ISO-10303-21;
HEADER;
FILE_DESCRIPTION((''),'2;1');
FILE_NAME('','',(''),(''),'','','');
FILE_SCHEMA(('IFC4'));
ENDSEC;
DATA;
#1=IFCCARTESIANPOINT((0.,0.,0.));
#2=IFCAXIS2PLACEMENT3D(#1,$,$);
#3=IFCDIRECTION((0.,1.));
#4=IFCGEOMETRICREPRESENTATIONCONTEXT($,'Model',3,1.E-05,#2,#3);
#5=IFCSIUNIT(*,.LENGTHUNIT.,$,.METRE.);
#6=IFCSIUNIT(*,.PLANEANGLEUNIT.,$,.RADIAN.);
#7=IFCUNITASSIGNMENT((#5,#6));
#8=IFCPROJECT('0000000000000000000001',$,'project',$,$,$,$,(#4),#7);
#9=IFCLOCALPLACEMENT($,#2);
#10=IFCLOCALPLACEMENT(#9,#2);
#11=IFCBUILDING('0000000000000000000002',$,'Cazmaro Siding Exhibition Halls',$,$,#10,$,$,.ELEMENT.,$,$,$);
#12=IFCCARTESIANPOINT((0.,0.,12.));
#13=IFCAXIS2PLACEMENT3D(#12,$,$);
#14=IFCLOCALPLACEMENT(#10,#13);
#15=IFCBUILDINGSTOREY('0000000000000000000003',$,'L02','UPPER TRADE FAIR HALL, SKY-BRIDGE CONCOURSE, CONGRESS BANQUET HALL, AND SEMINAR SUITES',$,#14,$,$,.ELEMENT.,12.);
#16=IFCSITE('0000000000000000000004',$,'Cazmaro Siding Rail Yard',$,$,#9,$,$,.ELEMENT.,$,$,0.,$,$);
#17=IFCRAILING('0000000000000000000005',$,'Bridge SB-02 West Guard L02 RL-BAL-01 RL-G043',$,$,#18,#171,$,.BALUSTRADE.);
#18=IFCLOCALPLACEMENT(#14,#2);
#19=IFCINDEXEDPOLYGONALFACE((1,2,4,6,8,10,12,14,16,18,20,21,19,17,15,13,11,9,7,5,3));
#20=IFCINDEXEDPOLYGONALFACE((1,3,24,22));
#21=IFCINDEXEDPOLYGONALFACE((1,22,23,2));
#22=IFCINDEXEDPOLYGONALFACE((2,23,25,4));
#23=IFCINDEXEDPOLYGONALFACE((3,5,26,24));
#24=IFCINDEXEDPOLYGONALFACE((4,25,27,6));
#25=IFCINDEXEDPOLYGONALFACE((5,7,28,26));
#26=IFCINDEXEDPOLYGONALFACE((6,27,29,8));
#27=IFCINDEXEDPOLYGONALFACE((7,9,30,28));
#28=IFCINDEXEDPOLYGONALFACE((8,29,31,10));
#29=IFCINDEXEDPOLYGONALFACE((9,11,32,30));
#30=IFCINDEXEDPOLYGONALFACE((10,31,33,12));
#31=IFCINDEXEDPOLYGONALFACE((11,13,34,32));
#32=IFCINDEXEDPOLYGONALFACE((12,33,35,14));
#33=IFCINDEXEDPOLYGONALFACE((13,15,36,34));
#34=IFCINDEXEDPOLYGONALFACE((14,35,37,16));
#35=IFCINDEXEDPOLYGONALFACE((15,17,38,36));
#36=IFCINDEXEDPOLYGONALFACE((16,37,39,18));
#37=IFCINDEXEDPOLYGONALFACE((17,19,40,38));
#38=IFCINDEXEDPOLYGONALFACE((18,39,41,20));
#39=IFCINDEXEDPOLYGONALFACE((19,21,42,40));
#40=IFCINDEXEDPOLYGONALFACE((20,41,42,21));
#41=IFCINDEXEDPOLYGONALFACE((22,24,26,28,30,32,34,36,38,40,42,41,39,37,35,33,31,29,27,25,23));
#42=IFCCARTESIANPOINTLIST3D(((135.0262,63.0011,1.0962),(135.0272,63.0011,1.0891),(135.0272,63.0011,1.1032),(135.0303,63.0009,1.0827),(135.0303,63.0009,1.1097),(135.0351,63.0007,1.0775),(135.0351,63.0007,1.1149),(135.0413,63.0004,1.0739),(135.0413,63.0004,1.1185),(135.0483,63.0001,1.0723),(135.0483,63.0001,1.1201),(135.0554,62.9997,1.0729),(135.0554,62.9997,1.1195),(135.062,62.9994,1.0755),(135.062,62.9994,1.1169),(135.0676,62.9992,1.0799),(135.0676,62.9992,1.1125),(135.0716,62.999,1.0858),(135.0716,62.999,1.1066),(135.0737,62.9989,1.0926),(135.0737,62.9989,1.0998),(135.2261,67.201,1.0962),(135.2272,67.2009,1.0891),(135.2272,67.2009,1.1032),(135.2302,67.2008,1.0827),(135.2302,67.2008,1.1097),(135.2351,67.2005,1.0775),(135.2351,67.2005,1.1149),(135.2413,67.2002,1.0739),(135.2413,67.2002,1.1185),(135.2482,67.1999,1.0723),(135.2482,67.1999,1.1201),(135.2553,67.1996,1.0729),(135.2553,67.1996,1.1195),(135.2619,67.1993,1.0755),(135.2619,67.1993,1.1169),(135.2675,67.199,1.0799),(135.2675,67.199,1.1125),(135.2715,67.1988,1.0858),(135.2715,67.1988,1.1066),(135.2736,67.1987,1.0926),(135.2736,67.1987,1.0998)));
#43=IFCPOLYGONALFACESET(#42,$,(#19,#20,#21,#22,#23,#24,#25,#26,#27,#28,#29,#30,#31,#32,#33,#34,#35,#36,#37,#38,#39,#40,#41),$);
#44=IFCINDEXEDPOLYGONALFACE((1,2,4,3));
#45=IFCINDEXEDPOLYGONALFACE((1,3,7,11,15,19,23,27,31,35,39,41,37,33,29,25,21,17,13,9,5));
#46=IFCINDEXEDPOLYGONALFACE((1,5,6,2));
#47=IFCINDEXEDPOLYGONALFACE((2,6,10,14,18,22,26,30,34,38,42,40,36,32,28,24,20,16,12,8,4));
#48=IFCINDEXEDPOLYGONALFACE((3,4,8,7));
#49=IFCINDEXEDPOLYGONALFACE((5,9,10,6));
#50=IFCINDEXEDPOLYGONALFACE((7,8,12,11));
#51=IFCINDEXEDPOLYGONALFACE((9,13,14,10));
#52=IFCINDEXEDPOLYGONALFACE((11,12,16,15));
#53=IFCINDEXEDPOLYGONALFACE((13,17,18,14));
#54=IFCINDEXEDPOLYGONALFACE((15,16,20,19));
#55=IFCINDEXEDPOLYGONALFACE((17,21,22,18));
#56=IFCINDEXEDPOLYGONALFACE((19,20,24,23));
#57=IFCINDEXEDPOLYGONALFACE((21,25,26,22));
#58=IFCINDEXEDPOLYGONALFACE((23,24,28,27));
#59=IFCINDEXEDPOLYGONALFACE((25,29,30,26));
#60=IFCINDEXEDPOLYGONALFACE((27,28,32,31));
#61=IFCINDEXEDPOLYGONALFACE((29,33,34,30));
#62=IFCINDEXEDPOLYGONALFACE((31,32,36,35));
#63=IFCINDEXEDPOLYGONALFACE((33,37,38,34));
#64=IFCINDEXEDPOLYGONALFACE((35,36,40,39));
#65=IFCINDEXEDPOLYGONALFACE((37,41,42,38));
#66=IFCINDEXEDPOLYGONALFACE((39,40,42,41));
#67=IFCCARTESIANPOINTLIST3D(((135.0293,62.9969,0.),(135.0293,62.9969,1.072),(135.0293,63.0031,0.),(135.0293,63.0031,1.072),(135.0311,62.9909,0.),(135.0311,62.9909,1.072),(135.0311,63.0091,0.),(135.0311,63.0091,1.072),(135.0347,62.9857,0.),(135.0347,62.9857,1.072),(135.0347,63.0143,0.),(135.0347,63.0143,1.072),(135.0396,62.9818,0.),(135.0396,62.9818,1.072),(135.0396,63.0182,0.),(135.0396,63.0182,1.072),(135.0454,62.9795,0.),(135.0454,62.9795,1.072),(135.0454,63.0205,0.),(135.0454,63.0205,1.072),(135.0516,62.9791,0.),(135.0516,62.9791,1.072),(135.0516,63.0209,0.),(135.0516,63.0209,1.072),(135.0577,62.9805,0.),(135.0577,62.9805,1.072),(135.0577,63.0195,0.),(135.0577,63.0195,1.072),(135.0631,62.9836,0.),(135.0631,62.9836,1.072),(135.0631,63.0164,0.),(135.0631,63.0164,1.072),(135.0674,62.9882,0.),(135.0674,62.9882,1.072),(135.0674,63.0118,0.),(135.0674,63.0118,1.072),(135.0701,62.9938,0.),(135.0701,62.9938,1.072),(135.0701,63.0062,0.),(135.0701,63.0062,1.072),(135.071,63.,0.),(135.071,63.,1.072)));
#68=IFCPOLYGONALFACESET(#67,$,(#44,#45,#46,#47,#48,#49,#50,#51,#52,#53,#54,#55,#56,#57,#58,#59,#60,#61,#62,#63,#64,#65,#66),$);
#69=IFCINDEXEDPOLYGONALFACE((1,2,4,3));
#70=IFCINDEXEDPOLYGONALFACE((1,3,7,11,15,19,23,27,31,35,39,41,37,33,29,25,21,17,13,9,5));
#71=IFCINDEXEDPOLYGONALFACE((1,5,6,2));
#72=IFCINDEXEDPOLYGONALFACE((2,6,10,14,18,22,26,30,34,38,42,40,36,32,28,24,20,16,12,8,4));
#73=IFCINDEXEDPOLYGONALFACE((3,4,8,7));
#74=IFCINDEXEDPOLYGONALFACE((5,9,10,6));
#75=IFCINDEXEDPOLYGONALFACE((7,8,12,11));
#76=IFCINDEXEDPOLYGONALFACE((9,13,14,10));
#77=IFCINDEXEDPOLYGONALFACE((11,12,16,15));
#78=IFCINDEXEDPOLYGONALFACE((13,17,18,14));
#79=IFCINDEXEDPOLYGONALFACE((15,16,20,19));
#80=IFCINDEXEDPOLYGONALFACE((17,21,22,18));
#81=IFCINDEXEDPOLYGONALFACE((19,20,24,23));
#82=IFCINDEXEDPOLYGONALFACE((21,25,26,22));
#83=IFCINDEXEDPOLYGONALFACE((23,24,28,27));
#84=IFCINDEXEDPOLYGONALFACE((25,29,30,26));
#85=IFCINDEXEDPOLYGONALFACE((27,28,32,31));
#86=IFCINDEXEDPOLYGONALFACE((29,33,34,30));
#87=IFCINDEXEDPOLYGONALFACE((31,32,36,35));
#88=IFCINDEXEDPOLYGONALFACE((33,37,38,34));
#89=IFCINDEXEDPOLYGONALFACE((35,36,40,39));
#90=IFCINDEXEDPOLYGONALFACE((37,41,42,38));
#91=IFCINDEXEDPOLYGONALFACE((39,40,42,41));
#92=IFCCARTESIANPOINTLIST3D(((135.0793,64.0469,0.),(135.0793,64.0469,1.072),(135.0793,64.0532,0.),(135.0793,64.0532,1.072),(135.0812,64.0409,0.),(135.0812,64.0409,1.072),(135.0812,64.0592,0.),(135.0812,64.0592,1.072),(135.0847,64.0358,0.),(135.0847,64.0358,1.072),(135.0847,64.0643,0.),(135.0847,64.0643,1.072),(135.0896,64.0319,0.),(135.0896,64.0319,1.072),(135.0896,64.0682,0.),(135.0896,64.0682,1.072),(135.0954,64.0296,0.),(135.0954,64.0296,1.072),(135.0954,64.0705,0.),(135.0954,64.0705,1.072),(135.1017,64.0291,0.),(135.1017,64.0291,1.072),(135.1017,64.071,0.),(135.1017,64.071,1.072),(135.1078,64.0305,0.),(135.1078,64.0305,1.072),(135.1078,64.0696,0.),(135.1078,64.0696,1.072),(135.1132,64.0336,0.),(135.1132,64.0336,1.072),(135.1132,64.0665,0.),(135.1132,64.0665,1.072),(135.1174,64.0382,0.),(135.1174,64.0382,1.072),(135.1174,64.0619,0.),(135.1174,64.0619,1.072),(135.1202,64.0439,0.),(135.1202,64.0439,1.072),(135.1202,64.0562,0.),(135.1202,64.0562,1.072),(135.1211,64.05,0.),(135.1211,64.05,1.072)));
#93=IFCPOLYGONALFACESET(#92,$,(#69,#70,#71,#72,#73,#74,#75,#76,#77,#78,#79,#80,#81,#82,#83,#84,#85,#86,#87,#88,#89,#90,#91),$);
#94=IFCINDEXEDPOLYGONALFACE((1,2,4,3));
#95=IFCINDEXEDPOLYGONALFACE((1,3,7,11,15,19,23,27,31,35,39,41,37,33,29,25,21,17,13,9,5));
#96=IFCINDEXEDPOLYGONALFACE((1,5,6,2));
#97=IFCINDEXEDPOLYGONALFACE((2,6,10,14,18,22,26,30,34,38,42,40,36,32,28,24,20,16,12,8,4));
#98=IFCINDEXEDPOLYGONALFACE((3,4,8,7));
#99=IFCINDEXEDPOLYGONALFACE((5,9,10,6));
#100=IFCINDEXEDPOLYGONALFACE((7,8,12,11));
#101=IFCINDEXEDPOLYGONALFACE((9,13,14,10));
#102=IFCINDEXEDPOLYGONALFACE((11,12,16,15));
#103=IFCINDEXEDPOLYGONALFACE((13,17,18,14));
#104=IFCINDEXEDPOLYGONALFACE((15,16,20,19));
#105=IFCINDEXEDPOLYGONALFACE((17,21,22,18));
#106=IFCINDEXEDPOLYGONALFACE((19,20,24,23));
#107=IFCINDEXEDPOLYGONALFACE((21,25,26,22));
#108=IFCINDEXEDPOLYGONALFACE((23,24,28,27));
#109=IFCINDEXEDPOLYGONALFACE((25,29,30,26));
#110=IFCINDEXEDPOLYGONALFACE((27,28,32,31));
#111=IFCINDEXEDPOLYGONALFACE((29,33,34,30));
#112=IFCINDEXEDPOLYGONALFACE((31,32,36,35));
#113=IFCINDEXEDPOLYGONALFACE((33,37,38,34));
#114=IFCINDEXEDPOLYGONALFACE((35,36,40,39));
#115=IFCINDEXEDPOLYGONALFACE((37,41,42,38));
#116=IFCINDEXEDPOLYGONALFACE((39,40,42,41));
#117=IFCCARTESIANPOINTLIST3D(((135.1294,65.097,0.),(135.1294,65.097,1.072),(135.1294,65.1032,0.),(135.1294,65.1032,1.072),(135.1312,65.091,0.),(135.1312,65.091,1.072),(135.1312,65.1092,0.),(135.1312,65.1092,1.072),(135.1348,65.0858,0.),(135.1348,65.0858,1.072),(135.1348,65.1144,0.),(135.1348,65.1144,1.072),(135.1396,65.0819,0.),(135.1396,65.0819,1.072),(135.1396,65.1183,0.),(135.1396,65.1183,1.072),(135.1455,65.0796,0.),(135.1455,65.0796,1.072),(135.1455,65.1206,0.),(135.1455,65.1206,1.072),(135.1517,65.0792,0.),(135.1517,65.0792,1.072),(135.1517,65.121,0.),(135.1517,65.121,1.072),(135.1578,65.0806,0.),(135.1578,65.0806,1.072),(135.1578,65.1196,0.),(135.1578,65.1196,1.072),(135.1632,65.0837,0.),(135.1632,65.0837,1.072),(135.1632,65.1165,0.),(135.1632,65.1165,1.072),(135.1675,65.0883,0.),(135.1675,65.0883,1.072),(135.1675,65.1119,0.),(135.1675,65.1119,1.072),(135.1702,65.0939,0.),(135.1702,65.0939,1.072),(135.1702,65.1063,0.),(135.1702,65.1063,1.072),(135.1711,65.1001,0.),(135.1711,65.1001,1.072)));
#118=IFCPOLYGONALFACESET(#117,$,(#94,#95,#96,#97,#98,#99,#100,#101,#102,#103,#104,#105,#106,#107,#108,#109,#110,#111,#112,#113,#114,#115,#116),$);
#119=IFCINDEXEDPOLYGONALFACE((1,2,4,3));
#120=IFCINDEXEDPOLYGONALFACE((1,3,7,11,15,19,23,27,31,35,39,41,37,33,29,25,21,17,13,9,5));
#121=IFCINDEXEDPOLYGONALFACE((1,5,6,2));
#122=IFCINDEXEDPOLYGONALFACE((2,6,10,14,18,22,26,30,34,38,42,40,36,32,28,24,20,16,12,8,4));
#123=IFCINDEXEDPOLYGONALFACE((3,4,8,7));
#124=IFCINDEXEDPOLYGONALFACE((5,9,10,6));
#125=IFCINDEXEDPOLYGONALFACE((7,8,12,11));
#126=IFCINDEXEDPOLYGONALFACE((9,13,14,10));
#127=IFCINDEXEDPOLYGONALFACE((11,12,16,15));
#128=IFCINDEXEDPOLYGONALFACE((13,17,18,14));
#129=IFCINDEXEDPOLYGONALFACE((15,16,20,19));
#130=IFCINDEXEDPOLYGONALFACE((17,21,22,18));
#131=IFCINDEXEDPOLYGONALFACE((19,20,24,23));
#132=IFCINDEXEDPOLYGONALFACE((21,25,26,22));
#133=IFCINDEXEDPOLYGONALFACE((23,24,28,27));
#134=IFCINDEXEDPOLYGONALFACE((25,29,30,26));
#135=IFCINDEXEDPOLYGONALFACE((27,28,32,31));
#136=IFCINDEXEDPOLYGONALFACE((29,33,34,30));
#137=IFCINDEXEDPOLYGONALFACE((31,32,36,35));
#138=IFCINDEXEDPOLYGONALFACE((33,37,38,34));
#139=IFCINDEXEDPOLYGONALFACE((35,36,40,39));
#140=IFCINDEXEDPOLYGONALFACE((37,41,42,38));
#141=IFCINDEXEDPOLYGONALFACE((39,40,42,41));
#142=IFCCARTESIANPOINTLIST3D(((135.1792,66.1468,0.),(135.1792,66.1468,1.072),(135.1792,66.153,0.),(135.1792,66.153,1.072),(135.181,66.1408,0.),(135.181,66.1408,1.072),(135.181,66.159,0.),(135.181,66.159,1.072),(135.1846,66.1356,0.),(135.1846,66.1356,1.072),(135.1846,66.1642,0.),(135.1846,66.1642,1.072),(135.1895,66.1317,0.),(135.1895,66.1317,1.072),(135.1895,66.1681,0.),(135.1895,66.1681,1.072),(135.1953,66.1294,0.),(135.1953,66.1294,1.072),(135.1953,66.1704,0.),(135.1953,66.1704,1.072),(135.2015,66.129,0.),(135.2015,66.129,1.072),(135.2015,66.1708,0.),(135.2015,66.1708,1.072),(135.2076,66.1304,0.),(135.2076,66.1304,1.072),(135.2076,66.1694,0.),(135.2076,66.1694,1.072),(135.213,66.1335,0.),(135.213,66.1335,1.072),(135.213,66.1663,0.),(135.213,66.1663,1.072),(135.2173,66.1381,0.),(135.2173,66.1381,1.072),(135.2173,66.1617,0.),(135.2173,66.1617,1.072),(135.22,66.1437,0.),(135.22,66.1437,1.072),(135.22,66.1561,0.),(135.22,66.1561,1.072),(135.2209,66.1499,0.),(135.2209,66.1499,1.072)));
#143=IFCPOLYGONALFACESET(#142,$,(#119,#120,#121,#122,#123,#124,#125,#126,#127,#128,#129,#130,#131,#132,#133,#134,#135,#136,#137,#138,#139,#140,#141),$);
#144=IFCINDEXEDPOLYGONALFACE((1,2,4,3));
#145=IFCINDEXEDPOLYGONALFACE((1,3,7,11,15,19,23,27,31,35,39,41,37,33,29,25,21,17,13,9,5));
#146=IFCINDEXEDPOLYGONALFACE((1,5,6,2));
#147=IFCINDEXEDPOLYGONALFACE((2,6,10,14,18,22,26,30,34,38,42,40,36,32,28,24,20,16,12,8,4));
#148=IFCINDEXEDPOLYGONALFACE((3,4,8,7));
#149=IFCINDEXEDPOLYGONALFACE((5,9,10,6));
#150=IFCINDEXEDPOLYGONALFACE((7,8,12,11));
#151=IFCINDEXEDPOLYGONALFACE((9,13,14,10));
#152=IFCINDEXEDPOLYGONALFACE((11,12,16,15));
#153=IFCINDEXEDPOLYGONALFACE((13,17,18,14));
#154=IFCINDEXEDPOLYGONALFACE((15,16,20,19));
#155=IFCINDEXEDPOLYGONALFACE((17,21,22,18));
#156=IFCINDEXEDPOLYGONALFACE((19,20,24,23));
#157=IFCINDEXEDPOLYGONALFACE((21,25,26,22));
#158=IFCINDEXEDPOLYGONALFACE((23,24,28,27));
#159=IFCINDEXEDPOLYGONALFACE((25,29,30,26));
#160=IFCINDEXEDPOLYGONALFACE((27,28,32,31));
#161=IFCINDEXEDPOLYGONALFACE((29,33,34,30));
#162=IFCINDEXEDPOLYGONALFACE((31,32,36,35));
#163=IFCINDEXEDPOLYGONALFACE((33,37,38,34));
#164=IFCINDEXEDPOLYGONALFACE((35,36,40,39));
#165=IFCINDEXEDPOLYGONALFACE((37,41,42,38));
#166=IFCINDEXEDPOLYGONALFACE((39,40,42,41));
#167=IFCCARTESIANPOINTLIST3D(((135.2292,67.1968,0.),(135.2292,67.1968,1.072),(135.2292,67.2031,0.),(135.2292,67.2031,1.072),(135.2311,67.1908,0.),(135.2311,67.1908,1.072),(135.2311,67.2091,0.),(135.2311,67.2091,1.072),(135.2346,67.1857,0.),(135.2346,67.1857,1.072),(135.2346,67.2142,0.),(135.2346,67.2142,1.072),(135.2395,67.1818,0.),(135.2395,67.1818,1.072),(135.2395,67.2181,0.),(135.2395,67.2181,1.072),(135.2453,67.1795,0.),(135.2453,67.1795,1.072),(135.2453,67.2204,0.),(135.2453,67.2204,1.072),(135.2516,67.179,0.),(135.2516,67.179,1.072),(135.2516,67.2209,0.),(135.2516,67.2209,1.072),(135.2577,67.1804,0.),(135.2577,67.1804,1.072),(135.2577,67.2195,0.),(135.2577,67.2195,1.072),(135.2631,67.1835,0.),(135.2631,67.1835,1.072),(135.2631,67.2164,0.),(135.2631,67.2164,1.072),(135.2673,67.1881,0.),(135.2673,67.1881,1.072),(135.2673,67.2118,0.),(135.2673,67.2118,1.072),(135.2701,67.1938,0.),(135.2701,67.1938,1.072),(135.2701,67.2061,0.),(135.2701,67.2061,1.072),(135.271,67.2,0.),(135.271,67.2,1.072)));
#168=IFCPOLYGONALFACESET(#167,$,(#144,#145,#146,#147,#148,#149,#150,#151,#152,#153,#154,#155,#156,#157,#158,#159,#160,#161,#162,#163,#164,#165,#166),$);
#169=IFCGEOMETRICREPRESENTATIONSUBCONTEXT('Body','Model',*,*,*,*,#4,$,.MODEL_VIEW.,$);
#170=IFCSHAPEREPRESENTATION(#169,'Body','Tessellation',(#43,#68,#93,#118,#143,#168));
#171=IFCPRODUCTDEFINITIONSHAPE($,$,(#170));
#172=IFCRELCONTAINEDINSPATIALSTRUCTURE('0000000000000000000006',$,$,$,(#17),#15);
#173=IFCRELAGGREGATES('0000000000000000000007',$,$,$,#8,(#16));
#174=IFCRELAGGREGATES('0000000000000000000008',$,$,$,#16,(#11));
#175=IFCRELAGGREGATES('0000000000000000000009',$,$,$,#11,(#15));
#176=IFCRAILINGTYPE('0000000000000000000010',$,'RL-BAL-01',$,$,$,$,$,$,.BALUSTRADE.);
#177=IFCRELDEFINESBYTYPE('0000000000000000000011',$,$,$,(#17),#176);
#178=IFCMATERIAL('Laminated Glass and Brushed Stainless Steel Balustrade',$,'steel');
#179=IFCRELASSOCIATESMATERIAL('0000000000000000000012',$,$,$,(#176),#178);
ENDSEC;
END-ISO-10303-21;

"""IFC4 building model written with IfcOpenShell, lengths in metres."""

from ifc_helpers import new_model, si_unit, direction, frame, origin, origin_2d, place, context, subcontext, project, spatial, circle, extrude, material, type_object, element, save


model = new_model("IFC4")

# Units and contexts
model_context = context("Model", 3, precision=1e-05, world=origin(), true_north=direction((0.0, 1.0)))
body_context = subcontext(model_context, "Body", "Model", "MODEL_VIEW")
ifc_project = project(units=[si_unit("LENGTHUNIT", "METRE"), si_unit("PLANEANGLEUNIT", "RADIAN")], contexts=[model_context])

# Site, building, storey
site_placement = place(None, origin())
site = spatial("IfcSite", under=ifc_project, at=site_placement, Name="Cazmaro Siding Rail Yard", CompositionType="ELEMENT", RefElevation=0.0)
building_placement = place(site_placement, origin())
building = spatial("IfcBuilding", under=site, at=building_placement, Name="Cazmaro Siding Exhibition Halls", CompositionType="ELEMENT")
storey_placement = place(building_placement, frame((0.0, 0.0, 12.0)))
storey = spatial("IfcBuildingStorey", under=building, at=storey_placement, Name="L02", Description="UPPER TRADE FAIR HALL, SKY-BRIDGE CONCOURSE, CONGRESS BANQUET HALL, AND SEMINAR SUITES", CompositionType="ELEMENT", Elevation=12.0)

# Railing
ifc_material_1 = material(Name="Laminated Glass and Brushed Stainless Steel Balustrade", Category="steel")
railing_type = type_object("IfcRailingType", Name="RL-BAL-01", PredefinedType="BALUSTRADE", material=ifc_material_1)
railing_1_placement = place(storey_placement, frame((135.05, 63.0, 0.0)))
element("IfcRailing", 1, at=railing_1_placement, inside=storey, type_object=railing_type, Name="Bridge SB-02 West Guard L02 RL-BAL-01 RL-G043", PredefinedType="BALUSTRADE", context=body_context, shape_type="SweptSolid", body=[
    extrude(circle(Radius=0.0239, at=origin_2d()), frame((0.0, 0.0, 1.0962), z_axis=(0.047554, 0.998869, 0.0), x_axis=(-0.998869, 0.047554, 0.0)), (0.0, 0.0, 1.0), 4.2046),
    extrude(circle(Radius=0.021, at=origin_2d()), origin(), (0.0, 0.0, 1.0), 1.072),
    extrude(circle(Radius=0.021, at=origin_2d()), frame((0.05, 1.05, 0.0)), (0.0, 0.0, 1.0), 1.072),
    extrude(circle(Radius=0.021, at=origin_2d()), frame((0.1001, 2.1001, 0.0)), (0.0, 0.0, 1.0), 1.072),
    extrude(circle(Radius=0.021, at=origin_2d()), frame((0.1499, 3.1499, 0.0)), (0.0, 0.0, 1.0), 1.072),
    extrude(circle(Radius=0.021, at=origin_2d()), frame((0.2, 4.2, 0.0)), (0.0, 0.0, 1.0), 1.072),
])

save(model, "model.ifc")
